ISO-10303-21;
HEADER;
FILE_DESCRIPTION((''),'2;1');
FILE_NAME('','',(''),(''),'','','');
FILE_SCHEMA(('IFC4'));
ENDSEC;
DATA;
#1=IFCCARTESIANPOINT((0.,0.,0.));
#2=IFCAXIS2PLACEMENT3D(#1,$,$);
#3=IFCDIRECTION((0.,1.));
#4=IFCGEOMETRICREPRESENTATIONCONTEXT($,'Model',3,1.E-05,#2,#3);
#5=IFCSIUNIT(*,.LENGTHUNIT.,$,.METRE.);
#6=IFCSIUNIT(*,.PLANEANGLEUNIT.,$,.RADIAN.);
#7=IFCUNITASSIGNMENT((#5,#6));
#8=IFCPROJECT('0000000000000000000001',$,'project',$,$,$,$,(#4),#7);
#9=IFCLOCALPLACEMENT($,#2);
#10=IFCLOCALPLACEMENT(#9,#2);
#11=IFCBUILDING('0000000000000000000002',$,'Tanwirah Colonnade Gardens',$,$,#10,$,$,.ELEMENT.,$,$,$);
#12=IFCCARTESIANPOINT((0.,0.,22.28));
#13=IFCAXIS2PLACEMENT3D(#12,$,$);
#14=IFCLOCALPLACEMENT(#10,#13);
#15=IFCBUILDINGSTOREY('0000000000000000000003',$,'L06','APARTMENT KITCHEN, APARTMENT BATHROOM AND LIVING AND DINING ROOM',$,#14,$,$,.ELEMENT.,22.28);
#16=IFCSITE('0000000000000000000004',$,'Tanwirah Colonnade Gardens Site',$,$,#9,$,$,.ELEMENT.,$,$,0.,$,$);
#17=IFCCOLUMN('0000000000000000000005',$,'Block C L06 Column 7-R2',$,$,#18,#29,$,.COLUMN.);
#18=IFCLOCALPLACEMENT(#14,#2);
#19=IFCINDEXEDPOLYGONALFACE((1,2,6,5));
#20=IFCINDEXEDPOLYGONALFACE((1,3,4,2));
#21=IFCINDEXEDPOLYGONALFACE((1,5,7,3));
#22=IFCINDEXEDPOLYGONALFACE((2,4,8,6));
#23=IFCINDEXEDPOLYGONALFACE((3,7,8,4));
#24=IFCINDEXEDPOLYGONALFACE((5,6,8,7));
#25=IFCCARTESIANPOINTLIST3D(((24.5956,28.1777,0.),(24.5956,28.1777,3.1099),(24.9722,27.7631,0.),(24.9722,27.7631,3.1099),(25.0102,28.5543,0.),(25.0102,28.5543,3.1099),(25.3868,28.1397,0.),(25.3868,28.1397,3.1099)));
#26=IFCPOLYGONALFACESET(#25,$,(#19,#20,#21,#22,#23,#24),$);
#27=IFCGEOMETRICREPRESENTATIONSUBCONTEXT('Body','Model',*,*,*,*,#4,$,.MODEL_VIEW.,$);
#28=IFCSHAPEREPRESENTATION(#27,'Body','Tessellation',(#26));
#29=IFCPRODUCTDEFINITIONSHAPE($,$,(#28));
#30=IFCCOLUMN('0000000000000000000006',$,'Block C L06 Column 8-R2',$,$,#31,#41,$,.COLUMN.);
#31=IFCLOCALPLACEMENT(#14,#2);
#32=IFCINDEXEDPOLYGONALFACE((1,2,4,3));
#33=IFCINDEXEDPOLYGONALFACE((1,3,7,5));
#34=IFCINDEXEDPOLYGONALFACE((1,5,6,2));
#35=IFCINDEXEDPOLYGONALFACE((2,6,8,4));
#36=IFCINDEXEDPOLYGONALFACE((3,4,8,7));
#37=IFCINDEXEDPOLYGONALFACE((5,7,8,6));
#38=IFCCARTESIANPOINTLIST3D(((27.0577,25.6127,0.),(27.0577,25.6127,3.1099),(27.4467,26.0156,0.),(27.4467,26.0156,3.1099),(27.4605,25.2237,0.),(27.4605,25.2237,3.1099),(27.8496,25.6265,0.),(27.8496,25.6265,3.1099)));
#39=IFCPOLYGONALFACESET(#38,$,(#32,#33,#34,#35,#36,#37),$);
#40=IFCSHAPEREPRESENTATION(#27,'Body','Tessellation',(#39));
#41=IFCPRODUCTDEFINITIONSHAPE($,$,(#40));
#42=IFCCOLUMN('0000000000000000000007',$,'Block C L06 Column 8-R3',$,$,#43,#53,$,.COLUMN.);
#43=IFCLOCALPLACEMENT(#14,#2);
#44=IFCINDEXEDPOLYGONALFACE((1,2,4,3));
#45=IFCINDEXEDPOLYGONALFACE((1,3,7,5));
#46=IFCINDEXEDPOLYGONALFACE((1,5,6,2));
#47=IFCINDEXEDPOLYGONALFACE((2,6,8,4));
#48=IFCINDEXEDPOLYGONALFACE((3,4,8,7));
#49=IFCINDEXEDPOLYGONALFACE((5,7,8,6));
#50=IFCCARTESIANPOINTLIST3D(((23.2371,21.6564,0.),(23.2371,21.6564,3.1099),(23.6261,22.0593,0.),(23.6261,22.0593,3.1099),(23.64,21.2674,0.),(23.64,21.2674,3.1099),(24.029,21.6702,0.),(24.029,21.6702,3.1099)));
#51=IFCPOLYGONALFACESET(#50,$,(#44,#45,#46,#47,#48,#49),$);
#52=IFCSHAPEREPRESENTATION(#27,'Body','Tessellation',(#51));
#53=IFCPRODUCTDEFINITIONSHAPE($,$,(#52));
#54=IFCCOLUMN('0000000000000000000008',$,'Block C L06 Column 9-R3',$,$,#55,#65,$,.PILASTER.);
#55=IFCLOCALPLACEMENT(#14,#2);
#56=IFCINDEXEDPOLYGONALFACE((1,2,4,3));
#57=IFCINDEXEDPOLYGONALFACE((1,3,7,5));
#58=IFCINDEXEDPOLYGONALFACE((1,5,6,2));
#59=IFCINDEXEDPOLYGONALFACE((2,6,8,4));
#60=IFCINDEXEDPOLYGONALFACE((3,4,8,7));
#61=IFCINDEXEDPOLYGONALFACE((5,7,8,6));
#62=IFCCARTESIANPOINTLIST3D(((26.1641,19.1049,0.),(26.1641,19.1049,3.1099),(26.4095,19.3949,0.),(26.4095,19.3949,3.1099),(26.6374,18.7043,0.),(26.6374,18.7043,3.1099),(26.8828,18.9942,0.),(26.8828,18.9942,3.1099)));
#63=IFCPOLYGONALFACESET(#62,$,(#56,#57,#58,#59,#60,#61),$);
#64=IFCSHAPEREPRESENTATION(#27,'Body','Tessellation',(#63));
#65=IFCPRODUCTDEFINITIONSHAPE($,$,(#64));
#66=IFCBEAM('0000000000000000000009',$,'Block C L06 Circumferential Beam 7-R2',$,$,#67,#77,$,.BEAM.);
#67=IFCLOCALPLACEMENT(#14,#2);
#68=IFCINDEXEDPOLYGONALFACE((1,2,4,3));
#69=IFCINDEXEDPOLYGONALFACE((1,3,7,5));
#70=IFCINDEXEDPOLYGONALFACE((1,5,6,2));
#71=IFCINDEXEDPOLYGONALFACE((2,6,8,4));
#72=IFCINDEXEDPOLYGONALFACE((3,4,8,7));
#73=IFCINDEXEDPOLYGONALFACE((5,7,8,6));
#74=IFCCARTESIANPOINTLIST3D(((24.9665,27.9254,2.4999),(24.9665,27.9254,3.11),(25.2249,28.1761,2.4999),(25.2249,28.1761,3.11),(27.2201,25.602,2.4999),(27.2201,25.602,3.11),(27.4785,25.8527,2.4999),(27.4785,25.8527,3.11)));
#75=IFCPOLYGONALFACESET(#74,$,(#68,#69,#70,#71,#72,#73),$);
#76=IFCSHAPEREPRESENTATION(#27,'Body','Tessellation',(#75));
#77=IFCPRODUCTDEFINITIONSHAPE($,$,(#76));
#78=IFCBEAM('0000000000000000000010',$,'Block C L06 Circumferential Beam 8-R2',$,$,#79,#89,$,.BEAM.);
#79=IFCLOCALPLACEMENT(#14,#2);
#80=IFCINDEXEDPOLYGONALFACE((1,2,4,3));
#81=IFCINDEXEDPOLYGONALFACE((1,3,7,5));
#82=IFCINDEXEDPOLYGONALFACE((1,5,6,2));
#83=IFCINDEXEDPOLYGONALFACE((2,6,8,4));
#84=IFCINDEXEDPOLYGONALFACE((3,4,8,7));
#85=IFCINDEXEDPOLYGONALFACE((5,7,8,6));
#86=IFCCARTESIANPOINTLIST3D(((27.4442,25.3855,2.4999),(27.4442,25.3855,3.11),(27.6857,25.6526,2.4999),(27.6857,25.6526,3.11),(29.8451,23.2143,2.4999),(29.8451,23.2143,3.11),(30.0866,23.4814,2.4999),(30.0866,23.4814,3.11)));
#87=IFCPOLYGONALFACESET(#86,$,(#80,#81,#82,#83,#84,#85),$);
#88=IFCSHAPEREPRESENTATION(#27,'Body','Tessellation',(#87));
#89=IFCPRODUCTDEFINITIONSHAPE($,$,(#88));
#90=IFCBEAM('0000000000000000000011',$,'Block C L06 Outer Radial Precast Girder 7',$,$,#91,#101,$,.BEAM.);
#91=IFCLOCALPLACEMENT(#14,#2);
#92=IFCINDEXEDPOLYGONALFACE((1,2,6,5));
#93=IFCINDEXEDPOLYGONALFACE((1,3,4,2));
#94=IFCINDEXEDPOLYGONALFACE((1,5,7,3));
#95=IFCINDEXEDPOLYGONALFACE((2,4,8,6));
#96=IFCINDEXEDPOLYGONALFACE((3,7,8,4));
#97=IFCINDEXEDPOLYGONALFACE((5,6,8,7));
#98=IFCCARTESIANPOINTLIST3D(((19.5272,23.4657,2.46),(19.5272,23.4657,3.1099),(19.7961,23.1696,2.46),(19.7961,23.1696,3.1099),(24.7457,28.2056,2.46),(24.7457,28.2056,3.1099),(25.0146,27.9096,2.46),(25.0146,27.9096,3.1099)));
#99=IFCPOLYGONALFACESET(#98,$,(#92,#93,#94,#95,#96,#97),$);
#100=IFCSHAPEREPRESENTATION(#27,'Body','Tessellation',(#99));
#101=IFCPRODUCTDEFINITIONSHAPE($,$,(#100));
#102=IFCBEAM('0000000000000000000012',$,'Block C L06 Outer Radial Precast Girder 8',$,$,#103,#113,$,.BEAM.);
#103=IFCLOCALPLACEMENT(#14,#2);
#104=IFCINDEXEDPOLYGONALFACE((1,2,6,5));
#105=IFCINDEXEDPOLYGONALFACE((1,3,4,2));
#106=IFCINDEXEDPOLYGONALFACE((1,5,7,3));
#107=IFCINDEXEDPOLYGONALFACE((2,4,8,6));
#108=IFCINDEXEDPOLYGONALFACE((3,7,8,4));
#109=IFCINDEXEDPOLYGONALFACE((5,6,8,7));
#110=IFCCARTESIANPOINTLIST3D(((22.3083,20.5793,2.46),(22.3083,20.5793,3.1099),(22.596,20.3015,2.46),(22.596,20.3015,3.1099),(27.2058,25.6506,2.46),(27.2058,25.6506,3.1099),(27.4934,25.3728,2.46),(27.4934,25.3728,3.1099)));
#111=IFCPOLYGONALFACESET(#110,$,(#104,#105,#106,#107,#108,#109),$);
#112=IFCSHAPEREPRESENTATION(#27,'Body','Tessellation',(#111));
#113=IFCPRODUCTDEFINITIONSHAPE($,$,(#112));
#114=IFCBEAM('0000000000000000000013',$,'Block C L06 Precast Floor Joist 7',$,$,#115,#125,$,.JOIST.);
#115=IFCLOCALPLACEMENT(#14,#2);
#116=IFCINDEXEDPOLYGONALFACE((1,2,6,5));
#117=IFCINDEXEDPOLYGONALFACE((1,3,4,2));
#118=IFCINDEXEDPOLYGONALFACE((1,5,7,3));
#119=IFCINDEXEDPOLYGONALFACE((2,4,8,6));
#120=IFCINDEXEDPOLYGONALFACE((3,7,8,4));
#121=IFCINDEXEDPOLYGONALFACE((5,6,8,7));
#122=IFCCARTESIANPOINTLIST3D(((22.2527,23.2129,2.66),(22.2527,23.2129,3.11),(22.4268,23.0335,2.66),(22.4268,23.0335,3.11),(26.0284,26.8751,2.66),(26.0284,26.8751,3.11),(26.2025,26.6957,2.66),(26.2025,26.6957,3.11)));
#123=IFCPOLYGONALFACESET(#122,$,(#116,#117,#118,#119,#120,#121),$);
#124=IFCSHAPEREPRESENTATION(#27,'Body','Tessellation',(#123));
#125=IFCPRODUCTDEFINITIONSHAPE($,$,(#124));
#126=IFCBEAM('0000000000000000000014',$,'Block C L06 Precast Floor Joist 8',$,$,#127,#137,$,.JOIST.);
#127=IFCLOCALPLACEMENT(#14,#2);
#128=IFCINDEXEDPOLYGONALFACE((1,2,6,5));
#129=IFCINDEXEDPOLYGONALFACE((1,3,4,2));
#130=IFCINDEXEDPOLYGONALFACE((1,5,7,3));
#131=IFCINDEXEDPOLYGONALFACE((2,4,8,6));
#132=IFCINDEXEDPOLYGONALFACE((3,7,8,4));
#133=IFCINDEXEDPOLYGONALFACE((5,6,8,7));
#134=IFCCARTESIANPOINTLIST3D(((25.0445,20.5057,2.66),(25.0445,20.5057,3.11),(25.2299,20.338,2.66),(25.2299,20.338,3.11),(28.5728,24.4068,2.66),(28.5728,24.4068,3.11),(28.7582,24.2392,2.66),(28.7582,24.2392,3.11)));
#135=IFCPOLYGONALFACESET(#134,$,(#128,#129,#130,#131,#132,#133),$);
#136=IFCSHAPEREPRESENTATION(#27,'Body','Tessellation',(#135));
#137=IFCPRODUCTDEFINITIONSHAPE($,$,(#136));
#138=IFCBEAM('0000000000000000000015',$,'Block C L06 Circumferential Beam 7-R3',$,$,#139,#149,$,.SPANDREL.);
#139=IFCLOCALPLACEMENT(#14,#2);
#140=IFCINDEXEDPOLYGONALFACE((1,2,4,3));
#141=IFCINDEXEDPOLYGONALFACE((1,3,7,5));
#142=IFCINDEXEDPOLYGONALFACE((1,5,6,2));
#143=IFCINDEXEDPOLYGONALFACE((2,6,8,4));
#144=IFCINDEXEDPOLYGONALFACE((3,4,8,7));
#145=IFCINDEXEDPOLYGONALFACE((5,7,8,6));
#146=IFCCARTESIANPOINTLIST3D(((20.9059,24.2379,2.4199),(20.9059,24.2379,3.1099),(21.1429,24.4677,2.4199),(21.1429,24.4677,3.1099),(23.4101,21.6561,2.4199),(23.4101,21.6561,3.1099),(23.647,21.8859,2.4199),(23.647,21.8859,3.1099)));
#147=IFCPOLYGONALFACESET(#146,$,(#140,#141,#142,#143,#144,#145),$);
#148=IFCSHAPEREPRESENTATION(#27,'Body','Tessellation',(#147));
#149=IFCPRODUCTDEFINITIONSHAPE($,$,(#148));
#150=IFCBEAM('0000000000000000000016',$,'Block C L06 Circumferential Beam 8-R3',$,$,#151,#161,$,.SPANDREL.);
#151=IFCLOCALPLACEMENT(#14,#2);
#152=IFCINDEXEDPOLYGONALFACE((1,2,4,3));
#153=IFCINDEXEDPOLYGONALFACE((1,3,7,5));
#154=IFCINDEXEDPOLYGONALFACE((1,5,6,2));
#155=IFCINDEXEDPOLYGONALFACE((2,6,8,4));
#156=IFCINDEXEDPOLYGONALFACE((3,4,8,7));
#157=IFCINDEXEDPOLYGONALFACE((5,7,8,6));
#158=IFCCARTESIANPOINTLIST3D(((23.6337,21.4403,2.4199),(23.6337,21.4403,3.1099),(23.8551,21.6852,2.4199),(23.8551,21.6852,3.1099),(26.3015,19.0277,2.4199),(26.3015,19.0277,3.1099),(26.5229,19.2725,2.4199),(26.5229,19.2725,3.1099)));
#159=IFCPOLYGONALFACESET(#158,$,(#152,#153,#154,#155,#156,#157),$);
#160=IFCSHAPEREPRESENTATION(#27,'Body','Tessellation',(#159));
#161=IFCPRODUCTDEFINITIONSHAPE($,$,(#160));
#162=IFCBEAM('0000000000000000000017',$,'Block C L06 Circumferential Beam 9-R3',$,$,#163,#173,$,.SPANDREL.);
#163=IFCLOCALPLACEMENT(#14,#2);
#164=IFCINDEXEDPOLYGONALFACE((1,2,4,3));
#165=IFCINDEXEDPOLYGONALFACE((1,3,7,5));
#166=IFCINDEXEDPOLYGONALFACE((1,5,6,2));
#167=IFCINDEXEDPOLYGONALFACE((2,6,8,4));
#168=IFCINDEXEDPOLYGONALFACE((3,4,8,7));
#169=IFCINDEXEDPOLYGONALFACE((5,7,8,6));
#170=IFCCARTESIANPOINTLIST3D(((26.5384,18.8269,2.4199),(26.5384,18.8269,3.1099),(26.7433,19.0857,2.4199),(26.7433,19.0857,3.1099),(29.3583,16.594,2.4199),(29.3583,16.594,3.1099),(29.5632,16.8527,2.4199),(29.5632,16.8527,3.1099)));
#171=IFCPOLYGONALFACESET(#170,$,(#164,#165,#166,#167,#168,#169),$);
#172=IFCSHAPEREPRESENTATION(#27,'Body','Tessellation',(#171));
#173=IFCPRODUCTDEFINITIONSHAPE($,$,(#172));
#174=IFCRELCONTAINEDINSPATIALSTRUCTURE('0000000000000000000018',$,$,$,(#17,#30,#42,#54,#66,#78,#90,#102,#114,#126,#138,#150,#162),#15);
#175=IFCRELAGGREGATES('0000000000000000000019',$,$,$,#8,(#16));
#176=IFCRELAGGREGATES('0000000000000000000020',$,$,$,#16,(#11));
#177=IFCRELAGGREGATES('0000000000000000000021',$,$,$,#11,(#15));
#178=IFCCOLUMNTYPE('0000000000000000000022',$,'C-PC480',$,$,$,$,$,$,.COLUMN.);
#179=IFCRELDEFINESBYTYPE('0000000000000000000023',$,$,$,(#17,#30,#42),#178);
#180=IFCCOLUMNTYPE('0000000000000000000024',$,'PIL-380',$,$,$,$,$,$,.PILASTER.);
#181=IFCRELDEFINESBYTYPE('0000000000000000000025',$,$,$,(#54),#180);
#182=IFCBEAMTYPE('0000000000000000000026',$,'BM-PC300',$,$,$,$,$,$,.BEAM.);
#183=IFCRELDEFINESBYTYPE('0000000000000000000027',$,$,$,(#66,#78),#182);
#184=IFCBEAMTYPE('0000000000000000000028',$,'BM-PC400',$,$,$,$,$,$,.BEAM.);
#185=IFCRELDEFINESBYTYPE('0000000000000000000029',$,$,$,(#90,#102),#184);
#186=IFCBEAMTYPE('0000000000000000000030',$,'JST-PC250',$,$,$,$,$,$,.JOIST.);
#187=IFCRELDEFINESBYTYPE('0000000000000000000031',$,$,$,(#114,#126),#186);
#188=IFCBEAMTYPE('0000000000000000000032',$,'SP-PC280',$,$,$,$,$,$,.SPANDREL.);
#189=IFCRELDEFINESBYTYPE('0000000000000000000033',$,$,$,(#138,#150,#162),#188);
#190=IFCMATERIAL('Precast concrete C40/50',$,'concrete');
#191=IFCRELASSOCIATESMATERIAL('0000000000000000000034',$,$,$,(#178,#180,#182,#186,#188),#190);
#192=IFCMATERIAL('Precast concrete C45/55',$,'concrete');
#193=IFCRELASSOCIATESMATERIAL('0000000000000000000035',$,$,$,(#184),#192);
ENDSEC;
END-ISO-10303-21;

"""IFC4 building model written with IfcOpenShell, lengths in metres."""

from ifc_helpers import new_model, si_unit, direction, frame, origin, origin_2d, place, context, subcontext, project, spatial, rectangle, extrude, material, material_profile, profile_set, type_object, element, save


model = new_model("IFC4")

# Units and contexts
model_context = context("Model", 3, precision=1e-05, world=origin(), true_north=direction((0.0, 1.0)))
body_context = subcontext(model_context, "Body", "Model", "MODEL_VIEW")
ifc_project = project(units=[si_unit("LENGTHUNIT", "METRE"), si_unit("PLANEANGLEUNIT", "RADIAN")], contexts=[model_context])

# Site, building, storey
site_placement = place(None, origin())
site = spatial("IfcSite", under=ifc_project, at=site_placement, Name="Tanwirah Colonnade Gardens Site", CompositionType="ELEMENT", RefElevation=0.0)
building_placement = place(site_placement, origin())
building = spatial("IfcBuilding", under=site, at=building_placement, Name="Tanwirah Colonnade Gardens", CompositionType="ELEMENT")
storey_placement = place(building_placement, frame((0.0, 0.0, 22.28)))
storey = spatial("IfcBuildingStorey", under=building, at=storey_placement, Name="L06", Description="APARTMENT KITCHEN, APARTMENT BATHROOM AND LIVING AND DINING ROOM", CompositionType="ELEMENT", Elevation=22.28)

# Columns
ifc_material_1 = material(Name="Precast concrete C40/50", Category="concrete")
ifc_material_profile_1 = material_profile(ifc_material_1, rectangle(XDim=0.5601, YDim=0.5601, at=origin_2d()), Name="PC-COL 560x560")
ifc_profile_set_1 = profile_set([ifc_material_profile_1], Name="Precast concrete C40/50")
column_type_1 = type_object("IfcColumnType", Name="C-PC480", PredefinedType="COLUMN", material=ifc_profile_set_1)
for number, where, z_axis, x_axis, name in (
    (1, (24.9912, 28.1587, 0.0), (0.0, 0.0, 1.0), (-0.740218, -0.672367, 0.0), "Block C L06 Column 7-R2"),
    (2, (27.4536, 25.6196, 0.0), (0.0, 0.0, 1.0), (-0.694658, -0.71934, 0.0), "Block C L06 Column 8-R2"),
    (3, (23.6331, 21.6633, 0.0), (0.0, 0.0, 1.0), (-0.694658, -0.71934, 0.0), "Block C L06 Column 8-R3"),
):
    element("IfcColumn", number, at=place(storey_placement, frame(where, z_axis=z_axis, x_axis=x_axis)), inside=storey, type_object=column_type_1, Name=name, PredefinedType="COLUMN", context=body_context, shape_type="SweptSolid", body=[
        extrude(rectangle(XDim=0.5601, YDim=0.5601, at=origin_2d()), origin(), (0.0, 0.0, 1.0), 3.1099),
    ])
ifc_material_profile_2 = material_profile(ifc_material_1, rectangle(XDim=0.3799, YDim=0.6201, at=origin_2d()), Name="PC-PIL 380x620")
ifc_profile_set_2 = profile_set([ifc_material_profile_2], Name="Precast concrete C40/50")
column_type_2 = type_object("IfcColumnType", Name="PIL-380", PredefinedType="PILASTER", material=ifc_profile_set_2)
column_placement = place(storey_placement, frame((26.5234, 19.0496, 0.0), z_axis=(0.0, 0.0, 1.0), x_axis=(-0.646124, -0.763232, 0.0)))
element("IfcColumn", 4, at=column_placement, inside=storey, type_object=column_type_2, Name="Block C L06 Column 9-R3", PredefinedType="PILASTER", context=body_context, shape_type="SweptSolid", body=[
    extrude(rectangle(XDim=0.3799, YDim=0.6201, at=origin_2d()), origin(), (0.0, 0.0, 1.0), 3.1099),
])

# Beams
ifc_material_profile_3 = material_profile(ifc_material_1, rectangle(XDim=0.3601, YDim=0.6101, at=origin_2d()), Name="PC-BM 360x610")
ifc_profile_set_3 = profile_set([ifc_material_profile_3], Name="Precast concrete C40/50")
beam_type_1 = type_object("IfcBeamType", Name="BM-PC300", PredefinedType="BEAM", material=ifc_profile_set_3)
beam_1_placement = place(storey_placement, frame((25.0957, 28.0508, 2.8049), z_axis=(0.696239, -0.71781, 0.0), x_axis=(0.71781, 0.696239, 0.0)))
element("IfcBeam", 5, at=beam_1_placement, inside=storey, type_object=beam_type_1, Name="Block C L06 Circumferential Beam 7-R2", PredefinedType="BEAM", context=body_context, shape_type="SweptSolid", body=[
    extrude(rectangle(XDim=0.3601, YDim=0.6101, at=origin_2d()), origin(), (0.0, 0.0, 1.0), 3.2368),
])
beam_2_placement = place(storey_placement, frame((27.5649, 25.519, 2.8049), z_axis=(0.741702, -0.67073, 0.0), x_axis=(0.67073, 0.741702, 0.0)))
element("IfcBeam", 6, at=beam_2_placement, inside=storey, type_object=beam_type_1, Name="Block C L06 Circumferential Beam 8-R2", PredefinedType="BEAM", context=body_context, shape_type="SweptSolid", body=[
    extrude(rectangle(XDim=0.3601, YDim=0.6101, at=origin_2d()), origin(), (0.0, 0.0, 1.0), 3.2371),
])
ifc_material_2 = material(Name="Precast concrete C45/55", Category="concrete")
ifc_material_profile_4 = material_profile(ifc_material_2, rectangle(XDim=0.3999, YDim=0.6499, at=origin_2d()), Name="PC-BM 400x650")
ifc_profile_set_4 = profile_set([ifc_material_profile_4], Name="Precast concrete C45/55")
beam_type_2 = type_object("IfcBeamType", Name="BM-PC400", PredefinedType="BEAM", material=ifc_profile_set_4)
beam_3_placement = place(storey_placement, frame((24.8801, 28.0576, 2.7849), z_axis=(-0.74023, -0.672354, 0.0), x_axis=(0.672354, -0.74023, 0.0)))
element("IfcBeam", 7, at=beam_3_placement, inside=storey, type_object=beam_type_2, Name="Block C L06 Outer Radial Precast Girder 7", PredefinedType="BEAM", context=body_context, shape_type="SweptSolid", body=[
    extrude(rectangle(XDim=0.3999, YDim=0.6499, at=origin_2d()), origin(), (0.0, 0.0, 1.0), 7.0498),
])
beam_4_placement = place(storey_placement, frame((27.3496, 25.5117, 2.7849), z_axis=(-0.694671, -0.719327, 0.0), x_axis=(0.719327, -0.694671, 0.0)))
element("IfcBeam", 8, at=beam_4_placement, inside=storey, type_object=beam_type_2, Name="Block C L06 Outer Radial Precast Girder 8", PredefinedType="BEAM", context=body_context, shape_type="SweptSolid", body=[
    extrude(rectangle(XDim=0.3999, YDim=0.6499, at=origin_2d()), origin(), (0.0, 0.0, 1.0), 7.05),
])
ifc_material_profile_5 = material_profile(ifc_material_1, rectangle(XDim=0.25, YDim=0.45, at=origin_2d()), Name="PC-JST 250x450")
ifc_profile_set_5 = profile_set([ifc_material_profile_5], Name="Precast concrete C40/50")
beam_type_3 = type_object("IfcBeamType", Name="JST-PC250", PredefinedType="JOIST", material=ifc_profile_set_5)
for number, where, z_axis, x_axis, name in (
    (9, (26.1155, 26.7854, 2.885), (-0.717816, -0.696233, 0.0), (0.696233, -0.717816, 0.0), "Block C L06 Precast Floor Joist 7"),
    (10, (28.6655, 24.323, 2.885), (-0.670781, -0.741656, 0.0), (0.741656, -0.670781, 0.0), "Block C L06 Precast Floor Joist 8"),
):
    element("IfcBeam", number, at=place(storey_placement, frame(where, z_axis=z_axis, x_axis=x_axis)), inside=storey, type_object=beam_type_3, Name=name, PredefinedType="JOIST", context=body_context, shape_type="SweptSolid", body=[
        extrude(rectangle(XDim=0.25, YDim=0.45, at=origin_2d()), origin(), (0.0, 0.0, 1.0), 5.26),
    ])
ifc_material_profile_6 = material_profile(ifc_material_1, rectangle(XDim=0.3301, YDim=0.6899, at=origin_2d()), Name="PC-SP 330x690")
ifc_profile_set_6 = profile_set([ifc_material_profile_6], Name="Precast concrete C40/50")
beam_type_4 = type_object("IfcBeamType", Name="SP-PC280", PredefinedType="SPANDREL", material=ifc_profile_set_6)
beam_5_placement = place(storey_placement, frame((21.0244, 24.3528, 2.7649), z_axis=(0.696232, -0.717817, 0.0), x_axis=(0.717817, 0.696232, 0.0)))
element("IfcBeam", 11, at=beam_5_placement, inside=storey, type_object=beam_type_4, Name="Block C L06 Circumferential Beam 7-R3", PredefinedType="SPANDREL", context=body_context, shape_type="SweptSolid", body=[
    extrude(rectangle(XDim=0.3301, YDim=0.6899, at=origin_2d()), origin(), (0.0, 0.0, 1.0), 3.5967),
])
for number, where, z_axis, x_axis, name in (
    (12, (23.7444, 21.5627, 2.7649), (0.741682, -0.670752, 0.0), (0.670752, 0.741682, 0.0), "Block C L06 Circumferential Beam 8-R3"),
    (13, (26.6409, 18.9563, 2.7649), (0.783971, -0.620797, 0.0), (0.620797, 0.783971, 0.0), "Block C L06 Circumferential Beam 9-R3"),
):
    element("IfcBeam", number, at=place(storey_placement, frame(where, z_axis=z_axis, x_axis=x_axis)), inside=storey, type_object=beam_type_4, Name=name, PredefinedType="SPANDREL", context=body_context, shape_type="SweptSolid", body=[
        extrude(rectangle(XDim=0.3301, YDim=0.6899, at=origin_2d()), origin(), (0.0, 0.0, 1.0), 3.5969),
    ])

save(model, "model.ifc")
